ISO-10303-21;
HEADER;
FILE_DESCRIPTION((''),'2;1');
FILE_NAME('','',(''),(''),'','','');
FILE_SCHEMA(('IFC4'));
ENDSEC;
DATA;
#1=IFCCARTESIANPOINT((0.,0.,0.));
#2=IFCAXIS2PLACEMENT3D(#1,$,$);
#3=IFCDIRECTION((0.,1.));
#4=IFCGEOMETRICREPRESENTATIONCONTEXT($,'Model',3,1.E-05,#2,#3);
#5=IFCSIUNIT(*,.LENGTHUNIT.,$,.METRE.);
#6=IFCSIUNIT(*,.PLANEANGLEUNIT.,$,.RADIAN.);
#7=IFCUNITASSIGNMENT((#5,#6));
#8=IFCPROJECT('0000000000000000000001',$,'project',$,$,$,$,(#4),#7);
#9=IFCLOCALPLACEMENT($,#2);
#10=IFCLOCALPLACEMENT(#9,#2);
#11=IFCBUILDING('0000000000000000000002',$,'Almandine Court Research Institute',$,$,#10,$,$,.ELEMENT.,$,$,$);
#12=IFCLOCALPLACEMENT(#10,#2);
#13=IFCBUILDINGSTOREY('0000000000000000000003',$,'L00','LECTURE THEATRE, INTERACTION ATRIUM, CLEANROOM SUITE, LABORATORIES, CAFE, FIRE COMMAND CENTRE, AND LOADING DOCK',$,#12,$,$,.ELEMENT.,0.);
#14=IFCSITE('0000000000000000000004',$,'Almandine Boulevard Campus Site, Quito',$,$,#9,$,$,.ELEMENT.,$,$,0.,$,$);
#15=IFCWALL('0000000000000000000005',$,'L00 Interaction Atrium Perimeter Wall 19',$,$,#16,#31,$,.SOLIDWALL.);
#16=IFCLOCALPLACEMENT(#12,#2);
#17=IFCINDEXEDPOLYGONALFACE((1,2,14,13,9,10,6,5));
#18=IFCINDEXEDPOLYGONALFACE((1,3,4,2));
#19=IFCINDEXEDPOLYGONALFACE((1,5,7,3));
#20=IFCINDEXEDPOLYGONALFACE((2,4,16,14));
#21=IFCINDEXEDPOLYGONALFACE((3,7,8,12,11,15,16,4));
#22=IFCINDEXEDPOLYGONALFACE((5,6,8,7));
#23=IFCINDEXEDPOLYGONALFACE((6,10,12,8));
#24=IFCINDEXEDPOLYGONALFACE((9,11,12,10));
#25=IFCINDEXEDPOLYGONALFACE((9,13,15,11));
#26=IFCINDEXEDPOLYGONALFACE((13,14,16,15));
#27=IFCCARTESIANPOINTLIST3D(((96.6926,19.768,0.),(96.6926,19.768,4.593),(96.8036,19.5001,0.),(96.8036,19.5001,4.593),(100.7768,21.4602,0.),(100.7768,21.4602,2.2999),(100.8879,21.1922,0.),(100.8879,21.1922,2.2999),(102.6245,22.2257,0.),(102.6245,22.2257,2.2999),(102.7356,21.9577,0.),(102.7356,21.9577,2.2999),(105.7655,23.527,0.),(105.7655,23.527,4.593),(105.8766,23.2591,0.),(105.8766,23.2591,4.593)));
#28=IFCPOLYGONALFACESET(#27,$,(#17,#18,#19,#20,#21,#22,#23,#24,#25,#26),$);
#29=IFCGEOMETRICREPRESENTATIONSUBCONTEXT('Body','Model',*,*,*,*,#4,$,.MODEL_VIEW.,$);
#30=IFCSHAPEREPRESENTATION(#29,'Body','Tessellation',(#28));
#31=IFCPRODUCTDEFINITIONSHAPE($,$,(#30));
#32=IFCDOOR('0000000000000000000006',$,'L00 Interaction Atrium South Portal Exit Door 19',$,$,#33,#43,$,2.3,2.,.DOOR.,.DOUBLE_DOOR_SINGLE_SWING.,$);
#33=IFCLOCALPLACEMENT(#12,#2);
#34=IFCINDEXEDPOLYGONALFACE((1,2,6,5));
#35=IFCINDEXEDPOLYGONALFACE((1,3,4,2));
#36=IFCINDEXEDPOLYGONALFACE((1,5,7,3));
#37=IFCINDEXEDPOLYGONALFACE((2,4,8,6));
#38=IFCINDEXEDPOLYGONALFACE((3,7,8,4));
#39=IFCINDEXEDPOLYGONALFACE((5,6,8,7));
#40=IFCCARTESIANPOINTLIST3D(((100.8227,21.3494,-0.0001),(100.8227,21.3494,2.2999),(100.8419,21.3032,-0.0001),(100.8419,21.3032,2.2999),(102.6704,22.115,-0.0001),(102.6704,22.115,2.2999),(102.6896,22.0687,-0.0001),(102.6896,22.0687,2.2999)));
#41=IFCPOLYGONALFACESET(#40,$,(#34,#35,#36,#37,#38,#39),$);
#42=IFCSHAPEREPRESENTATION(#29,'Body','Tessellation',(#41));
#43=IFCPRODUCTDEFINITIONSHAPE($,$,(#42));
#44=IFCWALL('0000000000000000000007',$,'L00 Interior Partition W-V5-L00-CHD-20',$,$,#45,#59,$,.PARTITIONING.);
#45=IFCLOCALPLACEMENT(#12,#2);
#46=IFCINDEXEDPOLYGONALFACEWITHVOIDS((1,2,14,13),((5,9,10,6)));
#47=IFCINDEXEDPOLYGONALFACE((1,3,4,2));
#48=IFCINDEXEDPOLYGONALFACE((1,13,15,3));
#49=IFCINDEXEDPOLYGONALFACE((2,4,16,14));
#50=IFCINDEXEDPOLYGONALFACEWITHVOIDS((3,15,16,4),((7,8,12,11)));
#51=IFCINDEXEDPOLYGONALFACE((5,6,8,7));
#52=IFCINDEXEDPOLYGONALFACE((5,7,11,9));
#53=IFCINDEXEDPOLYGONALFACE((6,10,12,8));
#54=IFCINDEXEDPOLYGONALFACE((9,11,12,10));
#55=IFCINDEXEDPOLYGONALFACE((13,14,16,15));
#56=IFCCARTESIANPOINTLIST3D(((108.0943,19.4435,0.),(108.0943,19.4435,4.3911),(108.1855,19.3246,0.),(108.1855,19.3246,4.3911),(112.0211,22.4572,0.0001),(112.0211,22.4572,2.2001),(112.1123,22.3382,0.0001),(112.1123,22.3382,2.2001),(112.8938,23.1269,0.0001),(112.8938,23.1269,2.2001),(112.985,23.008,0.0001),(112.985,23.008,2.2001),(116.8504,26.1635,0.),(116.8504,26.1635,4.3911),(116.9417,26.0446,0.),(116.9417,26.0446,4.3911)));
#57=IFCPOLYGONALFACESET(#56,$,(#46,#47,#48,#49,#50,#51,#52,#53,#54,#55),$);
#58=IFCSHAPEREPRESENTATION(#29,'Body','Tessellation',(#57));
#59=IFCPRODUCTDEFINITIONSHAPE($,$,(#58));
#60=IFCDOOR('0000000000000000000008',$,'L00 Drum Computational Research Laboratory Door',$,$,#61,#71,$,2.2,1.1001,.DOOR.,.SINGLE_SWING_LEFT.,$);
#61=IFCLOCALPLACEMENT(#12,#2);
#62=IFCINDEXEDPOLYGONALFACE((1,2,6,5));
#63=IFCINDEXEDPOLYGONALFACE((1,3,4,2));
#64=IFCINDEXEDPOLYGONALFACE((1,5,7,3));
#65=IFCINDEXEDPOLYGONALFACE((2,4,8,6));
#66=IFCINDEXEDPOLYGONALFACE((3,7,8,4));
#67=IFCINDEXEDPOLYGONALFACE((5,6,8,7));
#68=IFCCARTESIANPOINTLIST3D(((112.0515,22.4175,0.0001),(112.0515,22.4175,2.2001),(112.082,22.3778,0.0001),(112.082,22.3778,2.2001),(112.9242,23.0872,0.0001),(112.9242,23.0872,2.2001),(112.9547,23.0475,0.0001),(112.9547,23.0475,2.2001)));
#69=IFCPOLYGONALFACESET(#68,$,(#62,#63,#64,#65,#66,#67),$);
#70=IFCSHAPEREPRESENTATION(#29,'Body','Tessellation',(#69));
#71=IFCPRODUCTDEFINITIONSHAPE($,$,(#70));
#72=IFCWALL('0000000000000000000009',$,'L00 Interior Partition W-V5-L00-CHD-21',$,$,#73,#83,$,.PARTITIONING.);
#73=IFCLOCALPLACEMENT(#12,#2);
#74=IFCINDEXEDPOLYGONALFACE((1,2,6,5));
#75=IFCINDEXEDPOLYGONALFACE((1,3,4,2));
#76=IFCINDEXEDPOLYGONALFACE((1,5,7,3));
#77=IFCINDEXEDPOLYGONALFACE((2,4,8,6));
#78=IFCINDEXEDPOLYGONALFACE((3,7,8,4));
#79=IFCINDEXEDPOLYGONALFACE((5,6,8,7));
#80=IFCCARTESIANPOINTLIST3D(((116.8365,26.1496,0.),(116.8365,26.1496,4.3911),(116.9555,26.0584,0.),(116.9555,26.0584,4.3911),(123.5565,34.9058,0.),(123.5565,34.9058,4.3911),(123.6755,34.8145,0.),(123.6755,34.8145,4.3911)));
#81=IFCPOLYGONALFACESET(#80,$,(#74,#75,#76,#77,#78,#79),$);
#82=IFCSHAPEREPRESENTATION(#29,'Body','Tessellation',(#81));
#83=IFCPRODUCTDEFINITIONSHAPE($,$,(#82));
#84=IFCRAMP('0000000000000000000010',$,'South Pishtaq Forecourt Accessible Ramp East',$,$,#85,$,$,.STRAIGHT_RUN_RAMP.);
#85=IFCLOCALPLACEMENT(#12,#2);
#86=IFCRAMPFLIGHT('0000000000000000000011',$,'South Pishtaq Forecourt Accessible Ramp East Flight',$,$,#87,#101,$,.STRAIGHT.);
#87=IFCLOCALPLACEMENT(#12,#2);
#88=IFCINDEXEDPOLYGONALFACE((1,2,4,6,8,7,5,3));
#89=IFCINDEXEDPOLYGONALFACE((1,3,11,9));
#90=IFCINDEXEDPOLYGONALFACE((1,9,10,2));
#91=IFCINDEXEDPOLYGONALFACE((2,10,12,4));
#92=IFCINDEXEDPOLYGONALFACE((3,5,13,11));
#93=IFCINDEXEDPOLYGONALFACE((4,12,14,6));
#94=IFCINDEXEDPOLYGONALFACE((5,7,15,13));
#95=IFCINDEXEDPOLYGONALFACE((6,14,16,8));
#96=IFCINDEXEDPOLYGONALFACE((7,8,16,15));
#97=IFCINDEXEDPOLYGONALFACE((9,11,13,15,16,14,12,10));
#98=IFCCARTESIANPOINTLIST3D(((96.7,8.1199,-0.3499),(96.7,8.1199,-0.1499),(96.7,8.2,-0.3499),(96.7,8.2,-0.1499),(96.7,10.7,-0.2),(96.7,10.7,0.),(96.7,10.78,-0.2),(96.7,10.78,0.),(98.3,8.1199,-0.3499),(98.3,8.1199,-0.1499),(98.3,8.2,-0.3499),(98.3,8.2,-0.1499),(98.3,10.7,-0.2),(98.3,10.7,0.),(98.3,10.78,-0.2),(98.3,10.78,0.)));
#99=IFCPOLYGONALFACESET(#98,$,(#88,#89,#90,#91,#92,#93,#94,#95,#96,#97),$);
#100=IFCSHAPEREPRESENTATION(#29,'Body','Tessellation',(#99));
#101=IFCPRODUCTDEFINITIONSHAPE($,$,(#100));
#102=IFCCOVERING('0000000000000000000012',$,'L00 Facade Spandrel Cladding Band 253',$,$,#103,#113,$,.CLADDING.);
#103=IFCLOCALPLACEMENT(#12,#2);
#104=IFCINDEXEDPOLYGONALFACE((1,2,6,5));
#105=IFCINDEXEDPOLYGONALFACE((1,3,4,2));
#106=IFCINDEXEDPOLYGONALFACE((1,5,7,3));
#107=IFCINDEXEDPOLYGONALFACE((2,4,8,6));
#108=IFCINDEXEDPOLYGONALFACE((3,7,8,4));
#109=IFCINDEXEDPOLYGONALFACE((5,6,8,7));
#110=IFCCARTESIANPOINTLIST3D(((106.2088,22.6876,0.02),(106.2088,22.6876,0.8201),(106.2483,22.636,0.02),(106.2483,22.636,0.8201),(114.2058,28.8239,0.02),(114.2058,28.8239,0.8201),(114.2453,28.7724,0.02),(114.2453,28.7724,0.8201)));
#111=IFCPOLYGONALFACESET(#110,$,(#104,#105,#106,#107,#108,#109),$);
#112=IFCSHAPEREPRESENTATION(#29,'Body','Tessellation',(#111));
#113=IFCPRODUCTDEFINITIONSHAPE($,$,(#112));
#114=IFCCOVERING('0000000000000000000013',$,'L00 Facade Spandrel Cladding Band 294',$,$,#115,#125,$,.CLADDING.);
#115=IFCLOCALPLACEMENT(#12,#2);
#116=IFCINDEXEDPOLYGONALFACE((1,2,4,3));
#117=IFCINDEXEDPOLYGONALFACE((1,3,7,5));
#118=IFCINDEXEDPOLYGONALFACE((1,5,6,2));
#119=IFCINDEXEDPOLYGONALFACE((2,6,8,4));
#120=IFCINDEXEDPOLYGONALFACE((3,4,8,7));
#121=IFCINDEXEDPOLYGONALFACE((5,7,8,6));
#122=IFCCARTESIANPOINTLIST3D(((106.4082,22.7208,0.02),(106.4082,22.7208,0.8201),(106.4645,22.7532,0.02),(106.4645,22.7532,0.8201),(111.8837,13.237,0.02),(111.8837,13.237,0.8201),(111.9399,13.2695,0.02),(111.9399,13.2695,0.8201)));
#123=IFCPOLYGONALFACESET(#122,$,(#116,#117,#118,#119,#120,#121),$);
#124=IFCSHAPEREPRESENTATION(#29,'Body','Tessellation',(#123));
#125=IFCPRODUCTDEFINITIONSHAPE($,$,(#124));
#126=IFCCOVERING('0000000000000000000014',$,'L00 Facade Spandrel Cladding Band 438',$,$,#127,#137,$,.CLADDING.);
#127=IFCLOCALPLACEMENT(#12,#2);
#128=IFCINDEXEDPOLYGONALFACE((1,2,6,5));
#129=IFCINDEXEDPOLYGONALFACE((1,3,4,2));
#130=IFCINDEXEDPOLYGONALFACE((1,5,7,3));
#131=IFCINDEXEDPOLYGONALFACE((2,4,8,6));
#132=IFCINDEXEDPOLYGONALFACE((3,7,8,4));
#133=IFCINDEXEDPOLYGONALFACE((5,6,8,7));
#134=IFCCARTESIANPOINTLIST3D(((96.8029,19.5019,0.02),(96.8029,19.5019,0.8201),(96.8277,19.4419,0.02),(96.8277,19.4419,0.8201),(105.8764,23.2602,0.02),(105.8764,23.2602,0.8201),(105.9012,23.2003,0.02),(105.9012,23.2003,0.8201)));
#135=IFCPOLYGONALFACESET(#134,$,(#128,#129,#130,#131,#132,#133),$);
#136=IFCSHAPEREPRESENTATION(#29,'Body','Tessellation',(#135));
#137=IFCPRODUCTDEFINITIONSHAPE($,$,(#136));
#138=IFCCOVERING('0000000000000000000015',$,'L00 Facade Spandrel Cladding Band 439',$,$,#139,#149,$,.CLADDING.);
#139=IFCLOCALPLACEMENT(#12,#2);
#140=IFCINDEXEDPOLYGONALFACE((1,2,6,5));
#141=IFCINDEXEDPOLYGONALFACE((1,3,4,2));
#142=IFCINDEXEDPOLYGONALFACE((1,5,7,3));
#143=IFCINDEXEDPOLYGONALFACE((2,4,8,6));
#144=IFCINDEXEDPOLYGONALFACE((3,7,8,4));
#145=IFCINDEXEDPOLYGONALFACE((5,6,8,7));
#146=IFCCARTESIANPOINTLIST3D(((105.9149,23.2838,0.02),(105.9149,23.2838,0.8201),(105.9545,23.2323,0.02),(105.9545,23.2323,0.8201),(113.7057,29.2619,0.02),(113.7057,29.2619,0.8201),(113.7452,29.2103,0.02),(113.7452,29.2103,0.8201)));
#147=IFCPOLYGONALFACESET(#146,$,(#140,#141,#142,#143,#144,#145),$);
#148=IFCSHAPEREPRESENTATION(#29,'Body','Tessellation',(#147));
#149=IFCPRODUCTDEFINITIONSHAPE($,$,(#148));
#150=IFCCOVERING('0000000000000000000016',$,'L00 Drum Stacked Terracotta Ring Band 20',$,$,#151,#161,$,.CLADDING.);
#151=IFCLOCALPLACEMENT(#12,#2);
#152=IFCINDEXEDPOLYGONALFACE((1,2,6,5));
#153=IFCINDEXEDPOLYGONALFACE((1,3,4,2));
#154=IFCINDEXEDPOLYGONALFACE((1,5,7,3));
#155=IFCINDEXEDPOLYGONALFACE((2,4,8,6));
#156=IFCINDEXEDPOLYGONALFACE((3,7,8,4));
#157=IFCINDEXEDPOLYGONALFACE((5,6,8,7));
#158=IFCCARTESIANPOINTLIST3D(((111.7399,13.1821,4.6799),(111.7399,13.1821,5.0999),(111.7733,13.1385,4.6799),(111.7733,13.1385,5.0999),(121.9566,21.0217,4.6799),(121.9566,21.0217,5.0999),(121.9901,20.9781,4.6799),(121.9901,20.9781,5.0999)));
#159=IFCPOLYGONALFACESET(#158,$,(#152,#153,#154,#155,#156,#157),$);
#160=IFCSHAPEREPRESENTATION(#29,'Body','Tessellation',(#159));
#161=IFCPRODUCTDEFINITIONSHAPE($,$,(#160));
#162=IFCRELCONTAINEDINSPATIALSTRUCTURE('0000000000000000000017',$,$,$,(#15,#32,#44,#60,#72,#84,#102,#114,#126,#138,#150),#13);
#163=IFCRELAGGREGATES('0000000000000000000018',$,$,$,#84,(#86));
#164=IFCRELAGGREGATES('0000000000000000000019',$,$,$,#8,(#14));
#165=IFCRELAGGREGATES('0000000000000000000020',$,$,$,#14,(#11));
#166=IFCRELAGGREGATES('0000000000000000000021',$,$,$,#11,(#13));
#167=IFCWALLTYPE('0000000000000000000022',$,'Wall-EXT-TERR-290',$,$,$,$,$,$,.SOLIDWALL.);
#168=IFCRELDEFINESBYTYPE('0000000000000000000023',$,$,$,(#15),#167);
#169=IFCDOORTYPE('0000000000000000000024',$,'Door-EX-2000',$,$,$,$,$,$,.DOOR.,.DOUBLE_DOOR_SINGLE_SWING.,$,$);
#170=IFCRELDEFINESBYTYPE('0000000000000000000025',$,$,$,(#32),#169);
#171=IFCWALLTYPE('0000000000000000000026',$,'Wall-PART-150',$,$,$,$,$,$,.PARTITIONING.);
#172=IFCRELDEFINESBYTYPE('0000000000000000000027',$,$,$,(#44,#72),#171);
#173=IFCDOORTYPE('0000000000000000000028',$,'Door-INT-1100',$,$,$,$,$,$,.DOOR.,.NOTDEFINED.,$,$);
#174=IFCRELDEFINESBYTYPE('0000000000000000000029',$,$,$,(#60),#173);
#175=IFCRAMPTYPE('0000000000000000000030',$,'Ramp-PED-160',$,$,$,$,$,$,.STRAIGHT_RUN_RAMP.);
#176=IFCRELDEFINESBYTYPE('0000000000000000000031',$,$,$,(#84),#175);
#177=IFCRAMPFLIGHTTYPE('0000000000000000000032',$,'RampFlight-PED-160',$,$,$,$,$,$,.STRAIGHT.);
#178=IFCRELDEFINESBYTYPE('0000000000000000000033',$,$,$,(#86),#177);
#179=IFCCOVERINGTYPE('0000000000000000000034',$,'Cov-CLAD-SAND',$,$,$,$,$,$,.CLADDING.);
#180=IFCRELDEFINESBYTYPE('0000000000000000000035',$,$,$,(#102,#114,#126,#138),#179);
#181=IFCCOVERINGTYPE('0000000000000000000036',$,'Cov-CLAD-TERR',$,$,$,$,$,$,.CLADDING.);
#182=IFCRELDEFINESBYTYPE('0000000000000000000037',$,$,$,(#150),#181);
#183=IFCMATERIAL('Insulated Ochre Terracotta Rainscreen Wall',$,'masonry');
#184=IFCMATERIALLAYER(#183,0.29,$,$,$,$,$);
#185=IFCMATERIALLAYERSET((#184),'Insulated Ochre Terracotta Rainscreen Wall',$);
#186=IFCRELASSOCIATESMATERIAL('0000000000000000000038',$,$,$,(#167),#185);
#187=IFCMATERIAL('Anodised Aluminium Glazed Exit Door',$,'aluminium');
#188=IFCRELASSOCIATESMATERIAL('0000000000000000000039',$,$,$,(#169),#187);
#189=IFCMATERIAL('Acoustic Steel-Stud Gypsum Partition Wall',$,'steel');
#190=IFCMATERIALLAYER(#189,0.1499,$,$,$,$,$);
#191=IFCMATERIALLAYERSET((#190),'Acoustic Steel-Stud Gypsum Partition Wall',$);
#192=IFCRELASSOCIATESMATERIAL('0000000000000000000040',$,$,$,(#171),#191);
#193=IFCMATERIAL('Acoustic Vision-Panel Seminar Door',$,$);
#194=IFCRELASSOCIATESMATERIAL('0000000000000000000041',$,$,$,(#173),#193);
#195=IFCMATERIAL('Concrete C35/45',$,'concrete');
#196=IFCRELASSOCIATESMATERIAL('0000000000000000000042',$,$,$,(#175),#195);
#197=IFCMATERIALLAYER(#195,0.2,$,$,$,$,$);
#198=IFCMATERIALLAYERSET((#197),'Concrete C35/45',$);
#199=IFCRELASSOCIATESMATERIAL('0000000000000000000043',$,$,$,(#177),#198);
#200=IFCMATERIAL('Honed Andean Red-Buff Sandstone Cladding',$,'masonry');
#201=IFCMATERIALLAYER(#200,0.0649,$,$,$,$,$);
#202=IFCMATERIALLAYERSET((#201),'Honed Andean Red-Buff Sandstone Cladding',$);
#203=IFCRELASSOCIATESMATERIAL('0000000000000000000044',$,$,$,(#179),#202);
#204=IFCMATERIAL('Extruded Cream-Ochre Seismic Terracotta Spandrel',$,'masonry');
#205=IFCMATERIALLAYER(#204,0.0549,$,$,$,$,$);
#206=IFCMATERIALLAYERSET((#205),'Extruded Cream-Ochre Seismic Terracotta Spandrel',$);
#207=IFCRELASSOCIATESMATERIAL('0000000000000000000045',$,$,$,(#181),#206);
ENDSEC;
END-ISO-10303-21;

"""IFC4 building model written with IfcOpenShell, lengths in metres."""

from ifc_helpers import new_model, si_unit, direction, frame, frame_2d, origin, origin_2d, place, context, subcontext, project, spatial, polyline, rectangle, outline, extrude, material, layer, layer_set, type_object, element, fill, aggregate, save


model = new_model("IFC4")

# Units and contexts
model_context = context("Model", 3, precision=1e-05, world=origin(), true_north=direction((0.0, 1.0)))
body_context = subcontext(model_context, "Body", "Model", "MODEL_VIEW")
ifc_project = project(units=[si_unit("LENGTHUNIT", "METRE"), si_unit("PLANEANGLEUNIT", "RADIAN")], contexts=[model_context])

# Site, building, storey
site_placement = place(None, origin())
site = spatial("IfcSite", under=ifc_project, at=site_placement, Name="Almandine Boulevard Campus Site, Quito", CompositionType="ELEMENT", RefElevation=0.0)
building_placement = place(site_placement, origin())
building = spatial("IfcBuilding", under=site, at=building_placement, Name="Almandine Court Research Institute", CompositionType="ELEMENT")
storey_placement = place(building_placement, origin())
storey = spatial("IfcBuildingStorey", under=building, at=storey_placement, Name="L00", Description="LECTURE THEATRE, INTERACTION ATRIUM, CLEANROOM SUITE, LABORATORIES, CAFE, FIRE COMMAND CENTRE, AND LOADING DOCK", CompositionType="ELEMENT", Elevation=0.0)

# Shared definitions
ifc_material_1 = material(Name="Insulated Ochre Terracotta Rainscreen Wall", Category="masonry")
ifc_layer_1 = layer(ifc_material_1, 0.29)
ifc_layer_set_1 = layer_set([ifc_layer_1], Name="Insulated Ochre Terracotta Rainscreen Wall")
wall_type_1 = type_object("IfcWallType", Name="Wall-EXT-TERR-290", PredefinedType="SOLIDWALL", material=ifc_layer_set_1)

# Walls, openings, doors
wall_1_placement = place(storey_placement, frame((105.821, 23.3931, 0.0), z_axis=(0.0, 0.0, 1.0), x_axis=(-0.923848, -0.382759, 0.0)))
wall_1 = element("IfcWall", 1, at=wall_1_placement, inside=storey, type_object=wall_type_1, Name="L00 Interaction Atrium Perimeter Wall 19", PredefinedType="SOLIDWALL", context=body_context, shape_type="SweptSolid", body=[
    extrude(rectangle(XDim=9.8208, YDim=0.29, at=frame_2d((4.9104, 0.0))), origin(), (0.0, 0.0, 1.0), 4.593),
])
opening_1_placement = place(wall_1_placement, frame((3.3999, 0.0, 0.0)))
opening_1 = element("IfcOpeningElement", 2, at=opening_1_placement, cuts=wall_1, PredefinedType="OPENING", context=body_context, shape_type="SweptSolid", body=[
    extrude(rectangle(XDim=2.0, YDim=2.3, at=frame_2d((1.0, 1.1499))), frame((0.0, 0.155, 0.0), z_axis=(0.0, -1.0, 0.0), x_axis=(1.0, 0.0, 0.0)), (0.0, 0.0, 1.0), 0.3101),
])
ifc_material_2 = material(Name="Anodised Aluminium Glazed Exit Door", Category="aluminium")
door_type_1 = type_object("IfcDoorType", Name="Door-EX-2000", OperationType="DOUBLE_DOOR_SINGLE_SWING", PredefinedType="DOOR", material=ifc_material_2)
door_1_placement = place(opening_1_placement, origin())
door_1 = element("IfcDoor", 3, at=door_1_placement, inside=storey, type_object=door_type_1, Name="L00 Interaction Atrium South Portal Exit Door 19", OperationType="DOUBLE_DOOR_SINGLE_SWING", OverallHeight=2.3, OverallWidth=2.0, PredefinedType="DOOR", context=body_context, shape_type="SweptSolid", body=[
    extrude(rectangle(XDim=2.0, YDim=2.3, at=frame_2d((1.0, 1.1499))), frame((0.0, 0.0249, 0.0), z_axis=(0.0, -1.0, 0.0), x_axis=(1.0, 0.0, 0.0)), (0.0, 0.0, 1.0), 0.05),
])
fill(opening_1, door_1)
ifc_material_3 = material(Name="Acoustic Steel-Stud Gypsum Partition Wall", Category="steel")
ifc_layer_2 = layer(ifc_material_3, 0.1499)
ifc_layer_set_2 = layer_set([ifc_layer_2], Name="Acoustic Steel-Stud Gypsum Partition Wall")
wall_type_2 = type_object("IfcWallType", Name="Wall-PART-150", PredefinedType="PARTITIONING", material=ifc_layer_set_2)
wall_2_placement = place(storey_placement, frame((108.1399, 19.384, 0.0), z_axis=(0.0, 0.0, 1.0), x_axis=(0.793302, 0.608828, 0.0)))
wall_2 = element("IfcWall", 4, at=wall_2_placement, inside=storey, type_object=wall_type_2, Name="L00 Interior Partition W-V5-L00-CHD-20", PredefinedType="PARTITIONING", context=body_context, shape_type="SweptSolid", body=[
    extrude(rectangle(XDim=11.0376, YDim=0.1499, at=frame_2d((5.5188, 0.0))), origin(), (0.0, 0.0, 1.0), 4.3911),
])
opening_2_placement = place(wall_2_placement, frame((4.95, 0.0, 0.0)))
opening_2 = element("IfcOpeningElement", 5, at=opening_2_placement, cuts=wall_2, PredefinedType="OPENING", context=body_context, shape_type="SweptSolid", body=[
    extrude(rectangle(XDim=1.1001, YDim=2.2, at=frame_2d((0.55, 1.1001))), frame((0.0, 0.085, 0.0), z_axis=(0.0, -1.0, 0.0), x_axis=(1.0, 0.0, 0.0)), (0.0, 0.0, 1.0), 0.1699),
])
ifc_material_4 = material(Name="Acoustic Vision-Panel Seminar Door")
door_type_2 = type_object("IfcDoorType", Name="Door-INT-1100", OperationType="NOTDEFINED", PredefinedType="DOOR", material=ifc_material_4)
door_2_placement = place(opening_2_placement, origin())
door_2 = element("IfcDoor", 6, at=door_2_placement, inside=storey, type_object=door_type_2, Name="L00 Drum Computational Research Laboratory Door", OperationType="SINGLE_SWING_LEFT", OverallHeight=2.2, OverallWidth=1.1001, PredefinedType="DOOR", context=body_context, shape_type="SweptSolid", body=[
    extrude(rectangle(XDim=1.1001, YDim=2.2, at=frame_2d((0.55, 1.1001))), frame((0.0, 0.0249, 0.0), z_axis=(0.0, -1.0, 0.0), x_axis=(1.0, 0.0, 0.0)), (0.0, 0.0, 1.0), 0.05),
])
fill(opening_2, door_2)

# Wall
wall_3_placement = place(storey_placement, frame((116.896, 26.104, 0.0), z_axis=(0.0, 0.0, 1.0), x_axis=(0.608828, 0.793302, 0.0)))
element("IfcWall", 7, at=wall_3_placement, inside=storey, type_object=wall_type_2, Name="L00 Interior Partition W-V5-L00-CHD-21", PredefinedType="PARTITIONING", context=body_context, shape_type="SweptSolid", body=[
    extrude(rectangle(XDim=11.0376, YDim=0.1499, at=frame_2d((5.5188, 0.0))), origin(), (0.0, 0.0, 1.0), 4.3911),
])

# Ramp, ramp flight
ifc_material_5 = material(Name="Concrete C35/45", Category="concrete")
ramp_type = type_object("IfcRampType", Name="Ramp-PED-160", PredefinedType="STRAIGHT_RUN_RAMP", material=ifc_material_5)
ramp_placement = place(storey_placement, origin())
ramp = element("IfcRamp", 8, at=ramp_placement, inside=storey, type_object=ramp_type, Name="South Pishtaq Forecourt Accessible Ramp East", PredefinedType="STRAIGHT_RUN_RAMP")
ifc_layer_3 = layer(ifc_material_5, 0.2)
ifc_layer_set_3 = layer_set([ifc_layer_3], Name="Concrete C35/45")
ramp_flight_type = type_object("IfcRampFlightType", Name="RampFlight-PED-160", PredefinedType="STRAIGHT", material=ifc_layer_set_3)
ramp_flight_placement = place(storey_placement, frame((97.5, 8.2, -0.1499), z_axis=(0.0, 0.0, 1.0), x_axis=(0.0, 1.0, 0.0)))
ramp_flight = element("IfcRampFlight", 9, at=ramp_flight_placement, type_object=ramp_flight_type, Name="South Pishtaq Forecourt Accessible Ramp East Flight", PredefinedType="STRAIGHT", context=body_context, shape_type="SweptSolid", body=[
    extrude(outline(polyline([(-0.0801, -0.2), (-0.0801, 0.0), (0.0, 0.0), (2.5, 0.1499), (2.5801, 0.1499), (2.5801, -0.05), (2.5, -0.05), (0.0, -0.2), (-0.0801, -0.2)])), frame((0.0, 0.8, 0.0), z_axis=(0.0, -1.0, 0.0), x_axis=(1.0, 0.0, 0.0)), (0.0, 0.0, 1.0), 1.6001),
])
aggregate(ramp, [ramp_flight])

# Coverings
ifc_material_6 = material(Name="Honed Andean Red-Buff Sandstone Cladding", Category="masonry")
ifc_layer_4 = layer(ifc_material_6, 0.0649)
ifc_layer_set_4 = layer_set([ifc_layer_4], Name="Honed Andean Red-Buff Sandstone Cladding")
covering_type_1 = type_object("IfcCoveringType", Name="Cov-CLAD-SAND", PredefinedType="CLADDING", material=ifc_layer_set_4)
covering_1_placement = place(storey_placement, frame((110.2271, 25.73, 0.02), z_axis=(0.0, 0.0, 1.0), x_axis=(0.793353, 0.608761, 0.0)))
element("IfcCovering", 10, at=covering_1_placement, inside=storey, type_object=covering_type_1, Name="L00 Facade Spandrel Cladding Band 253", PredefinedType="CLADDING", context=body_context, shape_type="SweptSolid", body=[
    extrude(rectangle(XDim=10.0801, YDim=0.0649, at=origin_2d()), origin(), (0.0, 0.0, 1.0), 0.8),
])
covering_2_placement = place(storey_placement, frame((109.1741, 17.9951, 0.02), z_axis=(0.0, 0.0, 1.0), x_axis=(0.5, -0.866025, 0.0)))
element("IfcCovering", 11, at=covering_2_placement, inside=storey, type_object=covering_type_1, Name="L00 Facade Spandrel Cladding Band 294", PredefinedType="CLADDING", context=body_context, shape_type="SweptSolid", body=[
    extrude(rectangle(XDim=10.9509, YDim=0.0649, at=origin_2d()), origin(), (0.0, 0.0, 1.0), 0.8),
])
covering_3_placement = place(storey_placement, frame((101.3521, 21.3511, 0.02), z_axis=(0.0, 0.0, 1.0), x_axis=(-0.92388, -0.382683, 0.0)))
element("IfcCovering", 12, at=covering_3_placement, inside=storey, type_object=covering_type_1, Name="L00 Facade Spandrel Cladding Band 438", PredefinedType="CLADDING", context=body_context, shape_type="SweptSolid", body=[
    extrude(rectangle(XDim=9.821, YDim=0.0649, at=origin_2d()), origin(), (0.0, 0.0, 1.0), 0.8),
])
covering_4_placement = place(storey_placement, frame((109.8301, 26.2471, 0.02), z_axis=(0.0, 0.0, 1.0), x_axis=(-0.793353, -0.608761, 0.0)))
element("IfcCovering", 13, at=covering_4_placement, inside=storey, type_object=covering_type_1, Name="L00 Facade Spandrel Cladding Band 439", PredefinedType="CLADDING", context=body_context, shape_type="SweptSolid", body=[
    extrude(rectangle(XDim=9.8201, YDim=0.0649, at=origin_2d()), origin(), (0.0, 0.0, 1.0), 0.8),
])
ifc_material_7 = material(Name="Extruded Cream-Ochre Seismic Terracotta Spandrel", Category="masonry")
ifc_layer_5 = layer(ifc_material_7, 0.0549)
ifc_layer_set_5 = layer_set([ifc_layer_5], Name="Extruded Cream-Ochre Seismic Terracotta Spandrel")
covering_type_2 = type_object("IfcCoveringType", Name="Cov-CLAD-TERR", PredefinedType="CLADDING", material=ifc_layer_set_5)
covering_5_placement = place(storey_placement, frame((116.865, 17.0801, 4.6799), z_axis=(0.0, 0.0, 1.0), x_axis=(-0.793353, -0.608761, 0.0)))
element("IfcCovering", 14, at=covering_5_placement, inside=storey, type_object=covering_type_2, Name="L00 Drum Stacked Terracotta Ring Band 20", PredefinedType="CLADDING", context=body_context, shape_type="SweptSolid", body=[
    extrude(rectangle(XDim=12.8779, YDim=0.0549, at=origin_2d()), origin(), (0.0, 0.0, 1.0), 0.4199),
])

save(model, "model.ifc")
